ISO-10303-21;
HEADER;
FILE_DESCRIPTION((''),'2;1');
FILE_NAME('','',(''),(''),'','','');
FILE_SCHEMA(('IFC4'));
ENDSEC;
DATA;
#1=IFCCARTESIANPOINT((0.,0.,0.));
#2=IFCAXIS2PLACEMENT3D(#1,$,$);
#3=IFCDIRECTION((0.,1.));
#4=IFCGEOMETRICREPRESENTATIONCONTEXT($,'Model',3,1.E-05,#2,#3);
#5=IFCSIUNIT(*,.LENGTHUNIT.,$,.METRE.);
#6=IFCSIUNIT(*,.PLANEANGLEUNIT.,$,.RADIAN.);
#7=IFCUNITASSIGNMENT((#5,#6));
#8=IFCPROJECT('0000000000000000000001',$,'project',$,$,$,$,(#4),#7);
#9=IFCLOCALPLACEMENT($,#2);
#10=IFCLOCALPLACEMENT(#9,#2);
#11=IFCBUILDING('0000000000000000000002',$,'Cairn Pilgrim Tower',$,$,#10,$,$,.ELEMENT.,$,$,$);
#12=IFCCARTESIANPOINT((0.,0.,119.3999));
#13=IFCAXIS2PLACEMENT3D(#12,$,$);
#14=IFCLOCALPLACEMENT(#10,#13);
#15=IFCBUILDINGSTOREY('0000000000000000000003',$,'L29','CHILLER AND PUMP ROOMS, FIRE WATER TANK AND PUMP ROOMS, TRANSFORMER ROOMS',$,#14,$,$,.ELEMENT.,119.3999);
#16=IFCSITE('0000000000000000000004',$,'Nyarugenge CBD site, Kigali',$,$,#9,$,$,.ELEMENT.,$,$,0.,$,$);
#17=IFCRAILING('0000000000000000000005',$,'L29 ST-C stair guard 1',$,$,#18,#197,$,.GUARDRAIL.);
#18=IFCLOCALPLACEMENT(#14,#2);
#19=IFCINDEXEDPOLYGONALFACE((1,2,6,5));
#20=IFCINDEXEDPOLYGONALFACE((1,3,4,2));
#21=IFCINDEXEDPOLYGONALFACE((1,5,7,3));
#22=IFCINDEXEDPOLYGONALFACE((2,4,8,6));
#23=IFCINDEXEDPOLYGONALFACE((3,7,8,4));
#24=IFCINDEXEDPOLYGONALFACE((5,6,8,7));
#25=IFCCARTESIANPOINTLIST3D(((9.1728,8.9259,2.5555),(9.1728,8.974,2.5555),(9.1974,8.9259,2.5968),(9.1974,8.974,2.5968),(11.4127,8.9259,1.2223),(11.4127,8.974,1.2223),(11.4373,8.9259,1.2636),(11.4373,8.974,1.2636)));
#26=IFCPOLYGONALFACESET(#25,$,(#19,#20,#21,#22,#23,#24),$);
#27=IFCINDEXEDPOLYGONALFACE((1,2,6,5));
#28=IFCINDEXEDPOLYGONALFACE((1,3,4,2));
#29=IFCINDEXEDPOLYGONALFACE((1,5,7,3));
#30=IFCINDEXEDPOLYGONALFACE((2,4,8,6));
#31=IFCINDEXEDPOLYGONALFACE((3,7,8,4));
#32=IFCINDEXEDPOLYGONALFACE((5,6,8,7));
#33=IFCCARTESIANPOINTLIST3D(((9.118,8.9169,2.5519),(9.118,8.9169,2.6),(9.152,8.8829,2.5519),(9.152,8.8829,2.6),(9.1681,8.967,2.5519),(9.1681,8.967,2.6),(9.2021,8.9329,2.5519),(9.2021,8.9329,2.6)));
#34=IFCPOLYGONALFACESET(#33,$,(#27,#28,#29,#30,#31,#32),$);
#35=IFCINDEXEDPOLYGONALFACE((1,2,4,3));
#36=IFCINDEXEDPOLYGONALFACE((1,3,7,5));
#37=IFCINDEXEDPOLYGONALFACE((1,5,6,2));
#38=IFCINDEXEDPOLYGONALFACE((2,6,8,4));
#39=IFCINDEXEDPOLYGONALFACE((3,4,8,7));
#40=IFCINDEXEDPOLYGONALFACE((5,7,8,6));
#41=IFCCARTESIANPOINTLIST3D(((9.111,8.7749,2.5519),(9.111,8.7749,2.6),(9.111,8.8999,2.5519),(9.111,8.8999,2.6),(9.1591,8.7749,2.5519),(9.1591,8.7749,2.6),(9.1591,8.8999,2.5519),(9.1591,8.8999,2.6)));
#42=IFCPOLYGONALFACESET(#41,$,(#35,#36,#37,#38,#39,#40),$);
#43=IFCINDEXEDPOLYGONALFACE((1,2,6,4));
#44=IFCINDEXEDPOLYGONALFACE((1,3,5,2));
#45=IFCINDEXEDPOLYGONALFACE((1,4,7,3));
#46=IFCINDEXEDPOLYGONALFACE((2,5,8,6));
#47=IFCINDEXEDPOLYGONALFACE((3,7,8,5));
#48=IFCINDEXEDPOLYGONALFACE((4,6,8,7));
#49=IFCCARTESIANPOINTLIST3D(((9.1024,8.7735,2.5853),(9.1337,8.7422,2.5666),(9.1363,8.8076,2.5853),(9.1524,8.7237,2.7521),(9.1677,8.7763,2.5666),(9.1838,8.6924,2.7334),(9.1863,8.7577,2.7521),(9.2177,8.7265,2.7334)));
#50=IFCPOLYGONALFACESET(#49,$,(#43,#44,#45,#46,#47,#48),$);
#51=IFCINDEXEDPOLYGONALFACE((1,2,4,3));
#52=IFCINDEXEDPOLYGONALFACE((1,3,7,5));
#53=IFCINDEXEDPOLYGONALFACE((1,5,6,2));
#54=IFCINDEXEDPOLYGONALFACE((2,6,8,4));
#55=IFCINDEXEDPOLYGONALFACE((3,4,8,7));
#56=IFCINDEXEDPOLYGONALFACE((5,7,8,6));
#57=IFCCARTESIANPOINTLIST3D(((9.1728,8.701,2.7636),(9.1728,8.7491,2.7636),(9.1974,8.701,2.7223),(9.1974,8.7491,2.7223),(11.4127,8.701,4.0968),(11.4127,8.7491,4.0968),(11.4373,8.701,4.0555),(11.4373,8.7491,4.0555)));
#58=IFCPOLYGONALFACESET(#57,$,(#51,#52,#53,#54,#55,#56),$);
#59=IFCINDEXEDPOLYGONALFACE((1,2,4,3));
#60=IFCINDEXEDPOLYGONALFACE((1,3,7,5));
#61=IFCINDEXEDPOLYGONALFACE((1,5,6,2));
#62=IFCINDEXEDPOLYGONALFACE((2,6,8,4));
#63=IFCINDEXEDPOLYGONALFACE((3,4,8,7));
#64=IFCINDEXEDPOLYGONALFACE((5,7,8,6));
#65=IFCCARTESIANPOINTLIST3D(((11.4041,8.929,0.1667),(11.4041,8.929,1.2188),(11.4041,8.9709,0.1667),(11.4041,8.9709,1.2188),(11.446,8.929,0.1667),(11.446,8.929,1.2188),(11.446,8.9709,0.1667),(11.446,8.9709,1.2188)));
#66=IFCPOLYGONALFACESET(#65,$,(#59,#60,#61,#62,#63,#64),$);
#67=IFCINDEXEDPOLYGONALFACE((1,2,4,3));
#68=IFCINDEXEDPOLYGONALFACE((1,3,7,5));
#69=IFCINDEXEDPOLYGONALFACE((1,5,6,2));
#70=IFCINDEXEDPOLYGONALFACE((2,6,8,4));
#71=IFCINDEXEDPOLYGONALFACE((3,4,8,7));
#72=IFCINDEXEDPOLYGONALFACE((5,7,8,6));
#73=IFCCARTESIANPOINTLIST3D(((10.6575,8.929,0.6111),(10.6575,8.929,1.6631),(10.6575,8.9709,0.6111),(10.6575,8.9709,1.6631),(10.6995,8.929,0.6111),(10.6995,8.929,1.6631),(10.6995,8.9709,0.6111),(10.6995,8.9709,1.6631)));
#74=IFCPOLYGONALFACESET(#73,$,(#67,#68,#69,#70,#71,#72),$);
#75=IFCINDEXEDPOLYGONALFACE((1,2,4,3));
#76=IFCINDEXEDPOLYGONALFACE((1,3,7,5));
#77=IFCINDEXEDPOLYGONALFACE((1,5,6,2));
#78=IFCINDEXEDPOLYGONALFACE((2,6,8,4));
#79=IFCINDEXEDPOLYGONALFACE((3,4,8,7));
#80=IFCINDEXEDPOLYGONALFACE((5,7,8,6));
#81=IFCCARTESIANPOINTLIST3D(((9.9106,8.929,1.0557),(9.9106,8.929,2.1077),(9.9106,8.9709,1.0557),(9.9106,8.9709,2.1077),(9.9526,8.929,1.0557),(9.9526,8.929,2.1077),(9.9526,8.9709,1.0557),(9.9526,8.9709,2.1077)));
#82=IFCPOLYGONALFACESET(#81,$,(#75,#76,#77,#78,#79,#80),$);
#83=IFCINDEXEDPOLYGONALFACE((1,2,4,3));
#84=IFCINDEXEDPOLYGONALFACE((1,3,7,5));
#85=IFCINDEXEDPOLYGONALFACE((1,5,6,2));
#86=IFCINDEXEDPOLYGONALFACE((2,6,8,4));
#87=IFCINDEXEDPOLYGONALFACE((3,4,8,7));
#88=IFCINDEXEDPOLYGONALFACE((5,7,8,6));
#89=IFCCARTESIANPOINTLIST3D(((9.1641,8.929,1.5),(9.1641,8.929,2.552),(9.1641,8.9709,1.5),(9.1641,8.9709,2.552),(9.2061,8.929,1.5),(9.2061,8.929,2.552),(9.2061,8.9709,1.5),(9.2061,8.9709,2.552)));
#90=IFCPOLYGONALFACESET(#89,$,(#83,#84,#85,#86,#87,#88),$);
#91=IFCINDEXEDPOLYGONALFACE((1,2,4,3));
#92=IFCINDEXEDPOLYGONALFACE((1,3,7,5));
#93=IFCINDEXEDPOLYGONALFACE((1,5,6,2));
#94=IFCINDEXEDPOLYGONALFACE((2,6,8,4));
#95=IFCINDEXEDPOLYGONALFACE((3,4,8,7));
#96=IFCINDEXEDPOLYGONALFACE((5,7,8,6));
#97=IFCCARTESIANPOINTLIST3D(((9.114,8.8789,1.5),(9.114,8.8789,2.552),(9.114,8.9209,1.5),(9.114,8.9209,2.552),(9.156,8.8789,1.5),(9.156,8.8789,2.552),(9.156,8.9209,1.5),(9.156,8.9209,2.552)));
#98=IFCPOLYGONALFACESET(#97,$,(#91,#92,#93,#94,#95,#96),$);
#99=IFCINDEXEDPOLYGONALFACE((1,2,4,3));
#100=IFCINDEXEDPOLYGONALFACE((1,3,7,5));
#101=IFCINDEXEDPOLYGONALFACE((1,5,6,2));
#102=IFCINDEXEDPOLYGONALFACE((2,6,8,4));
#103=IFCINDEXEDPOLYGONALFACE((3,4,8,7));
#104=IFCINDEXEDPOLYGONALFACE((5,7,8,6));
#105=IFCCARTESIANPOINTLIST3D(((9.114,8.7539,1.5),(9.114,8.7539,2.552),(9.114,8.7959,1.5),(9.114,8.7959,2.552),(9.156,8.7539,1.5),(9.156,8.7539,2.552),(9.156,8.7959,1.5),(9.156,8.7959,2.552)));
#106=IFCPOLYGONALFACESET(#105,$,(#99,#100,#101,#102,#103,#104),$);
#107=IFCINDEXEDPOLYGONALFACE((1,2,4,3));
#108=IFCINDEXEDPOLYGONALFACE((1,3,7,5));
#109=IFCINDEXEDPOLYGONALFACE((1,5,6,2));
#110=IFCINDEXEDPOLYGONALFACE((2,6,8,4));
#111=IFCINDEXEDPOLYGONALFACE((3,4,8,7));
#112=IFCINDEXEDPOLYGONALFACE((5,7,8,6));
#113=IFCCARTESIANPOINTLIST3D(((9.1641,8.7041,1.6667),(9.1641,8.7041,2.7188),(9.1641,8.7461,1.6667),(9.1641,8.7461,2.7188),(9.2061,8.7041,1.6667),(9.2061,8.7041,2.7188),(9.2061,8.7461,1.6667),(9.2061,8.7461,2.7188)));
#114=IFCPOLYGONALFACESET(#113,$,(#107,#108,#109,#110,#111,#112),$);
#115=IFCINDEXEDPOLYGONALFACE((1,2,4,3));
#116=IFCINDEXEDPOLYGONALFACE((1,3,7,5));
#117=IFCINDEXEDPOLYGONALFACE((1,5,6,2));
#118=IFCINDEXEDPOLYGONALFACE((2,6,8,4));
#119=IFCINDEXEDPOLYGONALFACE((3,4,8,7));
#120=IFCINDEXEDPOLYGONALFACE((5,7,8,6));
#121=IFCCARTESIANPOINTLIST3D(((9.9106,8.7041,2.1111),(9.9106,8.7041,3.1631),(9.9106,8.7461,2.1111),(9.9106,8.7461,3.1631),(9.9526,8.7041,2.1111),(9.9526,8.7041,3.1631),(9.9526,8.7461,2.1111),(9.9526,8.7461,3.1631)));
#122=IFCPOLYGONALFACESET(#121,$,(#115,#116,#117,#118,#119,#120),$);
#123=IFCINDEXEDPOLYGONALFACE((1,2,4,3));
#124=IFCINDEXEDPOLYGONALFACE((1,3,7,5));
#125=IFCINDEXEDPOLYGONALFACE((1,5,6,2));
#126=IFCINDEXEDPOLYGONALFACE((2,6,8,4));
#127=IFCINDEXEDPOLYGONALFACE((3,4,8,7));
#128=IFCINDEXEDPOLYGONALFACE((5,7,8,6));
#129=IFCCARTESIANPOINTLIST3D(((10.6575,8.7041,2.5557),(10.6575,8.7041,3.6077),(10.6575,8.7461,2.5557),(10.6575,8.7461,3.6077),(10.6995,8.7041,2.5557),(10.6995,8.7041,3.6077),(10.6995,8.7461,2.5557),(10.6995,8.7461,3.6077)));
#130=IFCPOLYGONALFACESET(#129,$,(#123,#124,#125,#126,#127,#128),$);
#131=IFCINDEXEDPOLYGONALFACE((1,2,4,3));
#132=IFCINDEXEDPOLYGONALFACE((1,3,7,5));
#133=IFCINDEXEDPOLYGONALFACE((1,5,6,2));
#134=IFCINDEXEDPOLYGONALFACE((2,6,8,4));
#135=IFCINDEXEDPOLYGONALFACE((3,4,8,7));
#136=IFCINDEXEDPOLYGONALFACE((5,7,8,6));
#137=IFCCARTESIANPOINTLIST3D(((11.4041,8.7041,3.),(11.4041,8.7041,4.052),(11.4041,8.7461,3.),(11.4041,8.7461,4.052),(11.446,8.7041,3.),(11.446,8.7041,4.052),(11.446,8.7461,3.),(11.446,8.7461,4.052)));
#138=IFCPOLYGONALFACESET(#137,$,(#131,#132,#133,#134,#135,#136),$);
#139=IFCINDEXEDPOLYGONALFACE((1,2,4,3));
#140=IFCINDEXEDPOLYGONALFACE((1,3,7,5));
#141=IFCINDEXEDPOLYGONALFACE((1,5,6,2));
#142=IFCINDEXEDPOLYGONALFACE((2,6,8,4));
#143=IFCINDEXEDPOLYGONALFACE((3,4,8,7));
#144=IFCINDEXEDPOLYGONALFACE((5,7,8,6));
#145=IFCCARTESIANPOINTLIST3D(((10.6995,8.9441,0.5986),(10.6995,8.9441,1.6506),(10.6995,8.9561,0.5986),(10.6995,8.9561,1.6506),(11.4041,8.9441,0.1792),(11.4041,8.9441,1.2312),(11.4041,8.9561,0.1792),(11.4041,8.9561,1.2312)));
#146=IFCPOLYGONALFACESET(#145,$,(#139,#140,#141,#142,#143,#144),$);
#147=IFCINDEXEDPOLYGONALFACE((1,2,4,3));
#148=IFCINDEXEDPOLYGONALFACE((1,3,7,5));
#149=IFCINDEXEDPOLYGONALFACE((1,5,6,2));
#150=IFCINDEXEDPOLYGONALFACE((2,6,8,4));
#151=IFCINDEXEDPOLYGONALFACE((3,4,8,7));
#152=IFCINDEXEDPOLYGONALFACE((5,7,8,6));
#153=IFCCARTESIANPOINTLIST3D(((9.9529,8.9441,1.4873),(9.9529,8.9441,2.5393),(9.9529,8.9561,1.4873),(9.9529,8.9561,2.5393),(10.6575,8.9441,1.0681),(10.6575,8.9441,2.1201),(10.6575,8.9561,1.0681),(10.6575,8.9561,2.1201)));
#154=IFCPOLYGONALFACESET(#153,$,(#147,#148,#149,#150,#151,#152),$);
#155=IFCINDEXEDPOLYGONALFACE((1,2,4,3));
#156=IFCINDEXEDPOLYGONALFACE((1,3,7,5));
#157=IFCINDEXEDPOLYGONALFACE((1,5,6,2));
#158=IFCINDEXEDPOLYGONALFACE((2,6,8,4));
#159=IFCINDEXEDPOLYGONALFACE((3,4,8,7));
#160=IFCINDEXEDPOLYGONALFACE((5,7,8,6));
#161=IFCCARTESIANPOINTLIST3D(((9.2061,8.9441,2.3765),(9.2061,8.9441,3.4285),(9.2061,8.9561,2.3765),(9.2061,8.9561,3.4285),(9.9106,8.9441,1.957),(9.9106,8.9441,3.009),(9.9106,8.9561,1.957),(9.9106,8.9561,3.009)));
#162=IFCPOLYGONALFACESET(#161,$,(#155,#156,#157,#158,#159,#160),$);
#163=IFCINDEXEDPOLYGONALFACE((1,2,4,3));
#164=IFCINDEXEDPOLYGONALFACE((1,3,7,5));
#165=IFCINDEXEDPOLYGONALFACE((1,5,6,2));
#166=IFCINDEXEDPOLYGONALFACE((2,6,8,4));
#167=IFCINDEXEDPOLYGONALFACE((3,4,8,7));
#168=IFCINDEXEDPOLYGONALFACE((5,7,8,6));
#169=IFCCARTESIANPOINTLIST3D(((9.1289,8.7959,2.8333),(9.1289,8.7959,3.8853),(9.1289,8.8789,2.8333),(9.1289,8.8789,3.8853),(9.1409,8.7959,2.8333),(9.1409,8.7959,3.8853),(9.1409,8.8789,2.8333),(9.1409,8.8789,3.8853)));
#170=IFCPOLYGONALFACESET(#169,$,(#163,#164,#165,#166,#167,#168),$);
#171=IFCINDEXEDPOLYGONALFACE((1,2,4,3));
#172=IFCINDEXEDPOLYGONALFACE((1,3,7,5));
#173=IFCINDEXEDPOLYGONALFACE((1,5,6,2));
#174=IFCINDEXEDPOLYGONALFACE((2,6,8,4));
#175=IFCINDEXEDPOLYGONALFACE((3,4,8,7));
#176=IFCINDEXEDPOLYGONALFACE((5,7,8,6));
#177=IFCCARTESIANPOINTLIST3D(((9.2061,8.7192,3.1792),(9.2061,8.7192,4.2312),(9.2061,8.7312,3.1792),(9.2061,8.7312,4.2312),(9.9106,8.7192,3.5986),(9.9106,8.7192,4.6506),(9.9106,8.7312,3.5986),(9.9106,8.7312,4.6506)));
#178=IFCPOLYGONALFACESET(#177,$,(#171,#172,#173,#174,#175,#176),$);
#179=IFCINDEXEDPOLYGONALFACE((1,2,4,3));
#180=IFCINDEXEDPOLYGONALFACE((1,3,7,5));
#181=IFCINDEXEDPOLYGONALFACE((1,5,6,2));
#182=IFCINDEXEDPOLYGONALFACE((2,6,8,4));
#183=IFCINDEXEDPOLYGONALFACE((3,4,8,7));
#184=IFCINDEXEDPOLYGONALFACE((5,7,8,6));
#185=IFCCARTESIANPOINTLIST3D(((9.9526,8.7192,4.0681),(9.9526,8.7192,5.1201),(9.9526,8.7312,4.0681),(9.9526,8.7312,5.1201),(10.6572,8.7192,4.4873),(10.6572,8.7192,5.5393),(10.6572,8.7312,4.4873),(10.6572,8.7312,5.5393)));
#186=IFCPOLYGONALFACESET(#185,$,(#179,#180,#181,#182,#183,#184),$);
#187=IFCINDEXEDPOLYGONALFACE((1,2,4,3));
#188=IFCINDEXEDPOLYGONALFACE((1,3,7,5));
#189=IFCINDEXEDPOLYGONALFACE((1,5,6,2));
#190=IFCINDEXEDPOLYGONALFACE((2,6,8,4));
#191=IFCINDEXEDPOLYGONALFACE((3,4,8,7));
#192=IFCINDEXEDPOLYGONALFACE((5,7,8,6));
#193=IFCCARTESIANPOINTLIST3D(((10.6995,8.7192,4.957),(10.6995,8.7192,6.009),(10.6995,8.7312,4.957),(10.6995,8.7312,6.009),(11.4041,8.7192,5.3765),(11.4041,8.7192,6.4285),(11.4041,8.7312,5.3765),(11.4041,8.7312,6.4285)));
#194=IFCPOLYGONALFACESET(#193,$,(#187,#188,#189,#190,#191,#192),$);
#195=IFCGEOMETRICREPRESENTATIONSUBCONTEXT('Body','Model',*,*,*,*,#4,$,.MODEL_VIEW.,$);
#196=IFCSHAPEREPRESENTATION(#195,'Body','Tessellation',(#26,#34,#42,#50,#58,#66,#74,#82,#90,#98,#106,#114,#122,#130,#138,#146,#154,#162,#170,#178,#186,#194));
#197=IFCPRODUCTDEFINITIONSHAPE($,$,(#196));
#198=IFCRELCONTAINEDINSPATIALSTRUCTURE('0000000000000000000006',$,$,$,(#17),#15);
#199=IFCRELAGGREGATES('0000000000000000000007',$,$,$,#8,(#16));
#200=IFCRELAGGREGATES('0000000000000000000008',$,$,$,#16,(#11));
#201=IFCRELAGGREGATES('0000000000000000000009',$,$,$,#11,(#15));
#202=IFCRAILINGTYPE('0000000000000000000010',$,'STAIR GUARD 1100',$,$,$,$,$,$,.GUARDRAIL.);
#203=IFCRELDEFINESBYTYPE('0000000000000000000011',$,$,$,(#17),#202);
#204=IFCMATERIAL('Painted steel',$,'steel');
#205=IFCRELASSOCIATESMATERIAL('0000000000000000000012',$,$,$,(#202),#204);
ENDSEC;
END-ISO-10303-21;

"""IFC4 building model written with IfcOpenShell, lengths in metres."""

from ifc_helpers import new_model, si_unit, direction, frame, origin, origin_2d, place, context, subcontext, project, spatial, polyline, rectangle, outline, extrude, material, type_object, element, save


model = new_model("IFC4")

# Units and contexts
model_context = context("Model", 3, precision=1e-05, world=origin(), true_north=direction((0.0, 1.0)))
body_context = subcontext(model_context, "Body", "Model", "MODEL_VIEW")
ifc_project = project(units=[si_unit("LENGTHUNIT", "METRE"), si_unit("PLANEANGLEUNIT", "RADIAN")], contexts=[model_context])

# Site, building, storey
site_placement = place(None, origin())
site = spatial("IfcSite", under=ifc_project, at=site_placement, Name="Nyarugenge CBD site, Kigali", CompositionType="ELEMENT", RefElevation=0.0)
building_placement = place(site_placement, origin())
building = spatial("IfcBuilding", under=site, at=building_placement, Name="Cairn Pilgrim Tower", CompositionType="ELEMENT")
storey_placement = place(building_placement, frame((0.0, 0.0, 119.3999)))
storey = spatial("IfcBuildingStorey", under=building, at=storey_placement, Name="L29", Description="CHILLER AND PUMP ROOMS, FIRE WATER TANK AND PUMP ROOMS, TRANSFORMER ROOMS", CompositionType="ELEMENT", Elevation=119.3999)

# Shared definitions
ifc_material_1 = material(Name="Painted steel", Category="steel")

# Railing
railing_type_1 = type_object("IfcRailingType", Name="STAIR GUARD 1100", PredefinedType="GUARDRAIL", material=ifc_material_1)
railing_1_placement = place(storey_placement, frame((11.425, 8.95, 0.1667)))
element("IfcRailing", 1, at=railing_1_placement, inside=storey, type_object=railing_type_1, Name="L29 ST-C stair guard 1", PredefinedType="GUARDRAIL", context=body_context, shape_type="SweptSolid", body=[
    extrude(rectangle(XDim=0.0481, YDim=0.0481, at=origin_2d()), frame((0.0, 0.0, 1.0762), z_axis=(-0.859306, 0.0, 0.511462), x_axis=(0.0, -1.0, 0.0)), (0.0, 0.0, 1.0), 2.6067),
    extrude(rectangle(XDim=0.0481, YDim=0.0481, at=origin_2d()), frame((-2.24, 0.0, 2.4092), z_axis=(-0.707107, -0.707107, 0.0), x_axis=(0.707107, -0.707107, 0.0)), (0.0, 0.0, 1.0), 0.0708),
    extrude(rectangle(XDim=0.0481, YDim=0.0481, at=origin_2d()), frame((-2.29, -0.05, 2.4092), z_axis=(0.0, -1.0, 0.0), x_axis=(1.0, 0.0, 0.0)), (0.0, 0.0, 1.0), 0.125),
    extrude(rectangle(XDim=0.0481, YDim=0.0481, at=origin_2d()), frame((-2.29, -0.175, 2.4092), z_axis=(0.276389, -0.275041, 0.920848), x_axis=(0.705376, 0.708834, 0.0)), (0.0, 0.0, 1.0), 0.1812),
    extrude(rectangle(XDim=0.0481, YDim=0.0481, at=origin_2d()), frame((-2.24, -0.2249, 2.5762), z_axis=(0.859306, 0.0, 0.511462), x_axis=(0.0, 1.0, 0.0)), (0.0, 0.0, 1.0), 2.6067),
    extrude(rectangle(XDim=0.042, YDim=0.042, at=origin_2d()), origin(), (0.0, 0.0, 1.0), 1.052),
    extrude(rectangle(XDim=0.042, YDim=0.042, at=origin_2d()), frame((-0.7466, 0.0, 0.4443)), (0.0, 0.0, 1.0), 1.052),
    extrude(rectangle(XDim=0.042, YDim=0.042, at=origin_2d()), frame((-1.4934, 0.0, 0.8889)), (0.0, 0.0, 1.0), 1.052),
    extrude(rectangle(XDim=0.042, YDim=0.042, at=origin_2d()), frame((-2.24, 0.0, 1.3333)), (0.0, 0.0, 1.0), 1.052),
    extrude(rectangle(XDim=0.042, YDim=0.042, at=origin_2d()), frame((-2.29, -0.05, 1.3333)), (0.0, 0.0, 1.0), 1.052),
    extrude(rectangle(XDim=0.042, YDim=0.042, at=origin_2d()), frame((-2.29, -0.175, 1.3333)), (0.0, 0.0, 1.0), 1.052),
    extrude(rectangle(XDim=0.042, YDim=0.042, at=origin_2d()), frame((-2.24, -0.2249, 1.5)), (0.0, 0.0, 1.0), 1.052),
    extrude(rectangle(XDim=0.042, YDim=0.042, at=origin_2d()), frame((-1.4934, -0.2249, 1.9443)), (0.0, 0.0, 1.0), 1.052),
    extrude(rectangle(XDim=0.042, YDim=0.042, at=origin_2d()), frame((-0.7466, -0.2249, 2.3889)), (0.0, 0.0, 1.0), 1.052),
    extrude(rectangle(XDim=0.042, YDim=0.042, at=origin_2d()), frame((0.0, -0.2249, 2.8333)), (0.0, 0.0, 1.0), 1.052),
    extrude(outline(polyline([(0.021, 0.0125), (0.7256, 0.4319), (0.7256, 1.4839), (0.021, 1.0645), (0.021, 0.0125)])), frame((0.0, -0.0059, 0.0), z_axis=(0.0, 1.0, 0.0), x_axis=(-1.0, 0.0, 0.0)), (0.0, 0.0, 1.0), 0.012),
    extrude(outline(polyline([(0.021, 0.457), (0.7256, 0.8762), (0.7256, 1.9282), (0.021, 1.509), (0.021, 0.457)])), frame((-0.7466, -0.0059, 0.4443), z_axis=(0.0, 1.0, 0.0), x_axis=(-1.0, 0.0, 0.0)), (0.0, 0.0, 1.0), 0.012),
    extrude(outline(polyline([(0.021, 0.9014), (0.7256, 1.3208), (0.7256, 2.3728), (0.021, 1.9534), (0.021, 0.9014)])), frame((-1.4934, -0.0059, 0.8889), z_axis=(0.0, 1.0, 0.0), x_axis=(-1.0, 0.0, 0.0)), (0.0, 0.0, 1.0), 0.012),
    extrude(outline(polyline([(0.021, 1.3333), (0.104, 1.3333), (0.104, 2.3853), (0.021, 2.3853), (0.021, 1.3333)])), frame((-2.2842, -0.05, 1.3333), z_axis=(-1.0, 0.0, 0.0), x_axis=(0.0, -1.0, 0.0)), (0.0, 0.0, 1.0), 0.012),
    extrude(outline(polyline([(0.021, 1.5125), (0.7256, 1.9319), (0.7256, 2.9839), (0.021, 2.5645), (0.021, 1.5125)])), frame((-2.24, -0.2188, 1.5), z_axis=(0.0, -1.0, 0.0), x_axis=(1.0, 0.0, 0.0)), (0.0, 0.0, 1.0), 0.012),
    extrude(outline(polyline([(0.021, 1.957), (0.7256, 2.3762), (0.7256, 3.4282), (0.021, 3.009), (0.021, 1.957)])), frame((-1.4934, -0.2188, 1.9443), z_axis=(0.0, -1.0, 0.0), x_axis=(1.0, 0.0, 0.0)), (0.0, 0.0, 1.0), 0.012),
    extrude(outline(polyline([(0.021, 2.4014), (0.7256, 2.8208), (0.7256, 3.8728), (0.021, 3.4534), (0.021, 2.4014)])), frame((-0.7466, -0.2188, 2.3889), z_axis=(0.0, -1.0, 0.0), x_axis=(1.0, 0.0, 0.0)), (0.0, 0.0, 1.0), 0.012),
])

save(model, "model.ifc")
